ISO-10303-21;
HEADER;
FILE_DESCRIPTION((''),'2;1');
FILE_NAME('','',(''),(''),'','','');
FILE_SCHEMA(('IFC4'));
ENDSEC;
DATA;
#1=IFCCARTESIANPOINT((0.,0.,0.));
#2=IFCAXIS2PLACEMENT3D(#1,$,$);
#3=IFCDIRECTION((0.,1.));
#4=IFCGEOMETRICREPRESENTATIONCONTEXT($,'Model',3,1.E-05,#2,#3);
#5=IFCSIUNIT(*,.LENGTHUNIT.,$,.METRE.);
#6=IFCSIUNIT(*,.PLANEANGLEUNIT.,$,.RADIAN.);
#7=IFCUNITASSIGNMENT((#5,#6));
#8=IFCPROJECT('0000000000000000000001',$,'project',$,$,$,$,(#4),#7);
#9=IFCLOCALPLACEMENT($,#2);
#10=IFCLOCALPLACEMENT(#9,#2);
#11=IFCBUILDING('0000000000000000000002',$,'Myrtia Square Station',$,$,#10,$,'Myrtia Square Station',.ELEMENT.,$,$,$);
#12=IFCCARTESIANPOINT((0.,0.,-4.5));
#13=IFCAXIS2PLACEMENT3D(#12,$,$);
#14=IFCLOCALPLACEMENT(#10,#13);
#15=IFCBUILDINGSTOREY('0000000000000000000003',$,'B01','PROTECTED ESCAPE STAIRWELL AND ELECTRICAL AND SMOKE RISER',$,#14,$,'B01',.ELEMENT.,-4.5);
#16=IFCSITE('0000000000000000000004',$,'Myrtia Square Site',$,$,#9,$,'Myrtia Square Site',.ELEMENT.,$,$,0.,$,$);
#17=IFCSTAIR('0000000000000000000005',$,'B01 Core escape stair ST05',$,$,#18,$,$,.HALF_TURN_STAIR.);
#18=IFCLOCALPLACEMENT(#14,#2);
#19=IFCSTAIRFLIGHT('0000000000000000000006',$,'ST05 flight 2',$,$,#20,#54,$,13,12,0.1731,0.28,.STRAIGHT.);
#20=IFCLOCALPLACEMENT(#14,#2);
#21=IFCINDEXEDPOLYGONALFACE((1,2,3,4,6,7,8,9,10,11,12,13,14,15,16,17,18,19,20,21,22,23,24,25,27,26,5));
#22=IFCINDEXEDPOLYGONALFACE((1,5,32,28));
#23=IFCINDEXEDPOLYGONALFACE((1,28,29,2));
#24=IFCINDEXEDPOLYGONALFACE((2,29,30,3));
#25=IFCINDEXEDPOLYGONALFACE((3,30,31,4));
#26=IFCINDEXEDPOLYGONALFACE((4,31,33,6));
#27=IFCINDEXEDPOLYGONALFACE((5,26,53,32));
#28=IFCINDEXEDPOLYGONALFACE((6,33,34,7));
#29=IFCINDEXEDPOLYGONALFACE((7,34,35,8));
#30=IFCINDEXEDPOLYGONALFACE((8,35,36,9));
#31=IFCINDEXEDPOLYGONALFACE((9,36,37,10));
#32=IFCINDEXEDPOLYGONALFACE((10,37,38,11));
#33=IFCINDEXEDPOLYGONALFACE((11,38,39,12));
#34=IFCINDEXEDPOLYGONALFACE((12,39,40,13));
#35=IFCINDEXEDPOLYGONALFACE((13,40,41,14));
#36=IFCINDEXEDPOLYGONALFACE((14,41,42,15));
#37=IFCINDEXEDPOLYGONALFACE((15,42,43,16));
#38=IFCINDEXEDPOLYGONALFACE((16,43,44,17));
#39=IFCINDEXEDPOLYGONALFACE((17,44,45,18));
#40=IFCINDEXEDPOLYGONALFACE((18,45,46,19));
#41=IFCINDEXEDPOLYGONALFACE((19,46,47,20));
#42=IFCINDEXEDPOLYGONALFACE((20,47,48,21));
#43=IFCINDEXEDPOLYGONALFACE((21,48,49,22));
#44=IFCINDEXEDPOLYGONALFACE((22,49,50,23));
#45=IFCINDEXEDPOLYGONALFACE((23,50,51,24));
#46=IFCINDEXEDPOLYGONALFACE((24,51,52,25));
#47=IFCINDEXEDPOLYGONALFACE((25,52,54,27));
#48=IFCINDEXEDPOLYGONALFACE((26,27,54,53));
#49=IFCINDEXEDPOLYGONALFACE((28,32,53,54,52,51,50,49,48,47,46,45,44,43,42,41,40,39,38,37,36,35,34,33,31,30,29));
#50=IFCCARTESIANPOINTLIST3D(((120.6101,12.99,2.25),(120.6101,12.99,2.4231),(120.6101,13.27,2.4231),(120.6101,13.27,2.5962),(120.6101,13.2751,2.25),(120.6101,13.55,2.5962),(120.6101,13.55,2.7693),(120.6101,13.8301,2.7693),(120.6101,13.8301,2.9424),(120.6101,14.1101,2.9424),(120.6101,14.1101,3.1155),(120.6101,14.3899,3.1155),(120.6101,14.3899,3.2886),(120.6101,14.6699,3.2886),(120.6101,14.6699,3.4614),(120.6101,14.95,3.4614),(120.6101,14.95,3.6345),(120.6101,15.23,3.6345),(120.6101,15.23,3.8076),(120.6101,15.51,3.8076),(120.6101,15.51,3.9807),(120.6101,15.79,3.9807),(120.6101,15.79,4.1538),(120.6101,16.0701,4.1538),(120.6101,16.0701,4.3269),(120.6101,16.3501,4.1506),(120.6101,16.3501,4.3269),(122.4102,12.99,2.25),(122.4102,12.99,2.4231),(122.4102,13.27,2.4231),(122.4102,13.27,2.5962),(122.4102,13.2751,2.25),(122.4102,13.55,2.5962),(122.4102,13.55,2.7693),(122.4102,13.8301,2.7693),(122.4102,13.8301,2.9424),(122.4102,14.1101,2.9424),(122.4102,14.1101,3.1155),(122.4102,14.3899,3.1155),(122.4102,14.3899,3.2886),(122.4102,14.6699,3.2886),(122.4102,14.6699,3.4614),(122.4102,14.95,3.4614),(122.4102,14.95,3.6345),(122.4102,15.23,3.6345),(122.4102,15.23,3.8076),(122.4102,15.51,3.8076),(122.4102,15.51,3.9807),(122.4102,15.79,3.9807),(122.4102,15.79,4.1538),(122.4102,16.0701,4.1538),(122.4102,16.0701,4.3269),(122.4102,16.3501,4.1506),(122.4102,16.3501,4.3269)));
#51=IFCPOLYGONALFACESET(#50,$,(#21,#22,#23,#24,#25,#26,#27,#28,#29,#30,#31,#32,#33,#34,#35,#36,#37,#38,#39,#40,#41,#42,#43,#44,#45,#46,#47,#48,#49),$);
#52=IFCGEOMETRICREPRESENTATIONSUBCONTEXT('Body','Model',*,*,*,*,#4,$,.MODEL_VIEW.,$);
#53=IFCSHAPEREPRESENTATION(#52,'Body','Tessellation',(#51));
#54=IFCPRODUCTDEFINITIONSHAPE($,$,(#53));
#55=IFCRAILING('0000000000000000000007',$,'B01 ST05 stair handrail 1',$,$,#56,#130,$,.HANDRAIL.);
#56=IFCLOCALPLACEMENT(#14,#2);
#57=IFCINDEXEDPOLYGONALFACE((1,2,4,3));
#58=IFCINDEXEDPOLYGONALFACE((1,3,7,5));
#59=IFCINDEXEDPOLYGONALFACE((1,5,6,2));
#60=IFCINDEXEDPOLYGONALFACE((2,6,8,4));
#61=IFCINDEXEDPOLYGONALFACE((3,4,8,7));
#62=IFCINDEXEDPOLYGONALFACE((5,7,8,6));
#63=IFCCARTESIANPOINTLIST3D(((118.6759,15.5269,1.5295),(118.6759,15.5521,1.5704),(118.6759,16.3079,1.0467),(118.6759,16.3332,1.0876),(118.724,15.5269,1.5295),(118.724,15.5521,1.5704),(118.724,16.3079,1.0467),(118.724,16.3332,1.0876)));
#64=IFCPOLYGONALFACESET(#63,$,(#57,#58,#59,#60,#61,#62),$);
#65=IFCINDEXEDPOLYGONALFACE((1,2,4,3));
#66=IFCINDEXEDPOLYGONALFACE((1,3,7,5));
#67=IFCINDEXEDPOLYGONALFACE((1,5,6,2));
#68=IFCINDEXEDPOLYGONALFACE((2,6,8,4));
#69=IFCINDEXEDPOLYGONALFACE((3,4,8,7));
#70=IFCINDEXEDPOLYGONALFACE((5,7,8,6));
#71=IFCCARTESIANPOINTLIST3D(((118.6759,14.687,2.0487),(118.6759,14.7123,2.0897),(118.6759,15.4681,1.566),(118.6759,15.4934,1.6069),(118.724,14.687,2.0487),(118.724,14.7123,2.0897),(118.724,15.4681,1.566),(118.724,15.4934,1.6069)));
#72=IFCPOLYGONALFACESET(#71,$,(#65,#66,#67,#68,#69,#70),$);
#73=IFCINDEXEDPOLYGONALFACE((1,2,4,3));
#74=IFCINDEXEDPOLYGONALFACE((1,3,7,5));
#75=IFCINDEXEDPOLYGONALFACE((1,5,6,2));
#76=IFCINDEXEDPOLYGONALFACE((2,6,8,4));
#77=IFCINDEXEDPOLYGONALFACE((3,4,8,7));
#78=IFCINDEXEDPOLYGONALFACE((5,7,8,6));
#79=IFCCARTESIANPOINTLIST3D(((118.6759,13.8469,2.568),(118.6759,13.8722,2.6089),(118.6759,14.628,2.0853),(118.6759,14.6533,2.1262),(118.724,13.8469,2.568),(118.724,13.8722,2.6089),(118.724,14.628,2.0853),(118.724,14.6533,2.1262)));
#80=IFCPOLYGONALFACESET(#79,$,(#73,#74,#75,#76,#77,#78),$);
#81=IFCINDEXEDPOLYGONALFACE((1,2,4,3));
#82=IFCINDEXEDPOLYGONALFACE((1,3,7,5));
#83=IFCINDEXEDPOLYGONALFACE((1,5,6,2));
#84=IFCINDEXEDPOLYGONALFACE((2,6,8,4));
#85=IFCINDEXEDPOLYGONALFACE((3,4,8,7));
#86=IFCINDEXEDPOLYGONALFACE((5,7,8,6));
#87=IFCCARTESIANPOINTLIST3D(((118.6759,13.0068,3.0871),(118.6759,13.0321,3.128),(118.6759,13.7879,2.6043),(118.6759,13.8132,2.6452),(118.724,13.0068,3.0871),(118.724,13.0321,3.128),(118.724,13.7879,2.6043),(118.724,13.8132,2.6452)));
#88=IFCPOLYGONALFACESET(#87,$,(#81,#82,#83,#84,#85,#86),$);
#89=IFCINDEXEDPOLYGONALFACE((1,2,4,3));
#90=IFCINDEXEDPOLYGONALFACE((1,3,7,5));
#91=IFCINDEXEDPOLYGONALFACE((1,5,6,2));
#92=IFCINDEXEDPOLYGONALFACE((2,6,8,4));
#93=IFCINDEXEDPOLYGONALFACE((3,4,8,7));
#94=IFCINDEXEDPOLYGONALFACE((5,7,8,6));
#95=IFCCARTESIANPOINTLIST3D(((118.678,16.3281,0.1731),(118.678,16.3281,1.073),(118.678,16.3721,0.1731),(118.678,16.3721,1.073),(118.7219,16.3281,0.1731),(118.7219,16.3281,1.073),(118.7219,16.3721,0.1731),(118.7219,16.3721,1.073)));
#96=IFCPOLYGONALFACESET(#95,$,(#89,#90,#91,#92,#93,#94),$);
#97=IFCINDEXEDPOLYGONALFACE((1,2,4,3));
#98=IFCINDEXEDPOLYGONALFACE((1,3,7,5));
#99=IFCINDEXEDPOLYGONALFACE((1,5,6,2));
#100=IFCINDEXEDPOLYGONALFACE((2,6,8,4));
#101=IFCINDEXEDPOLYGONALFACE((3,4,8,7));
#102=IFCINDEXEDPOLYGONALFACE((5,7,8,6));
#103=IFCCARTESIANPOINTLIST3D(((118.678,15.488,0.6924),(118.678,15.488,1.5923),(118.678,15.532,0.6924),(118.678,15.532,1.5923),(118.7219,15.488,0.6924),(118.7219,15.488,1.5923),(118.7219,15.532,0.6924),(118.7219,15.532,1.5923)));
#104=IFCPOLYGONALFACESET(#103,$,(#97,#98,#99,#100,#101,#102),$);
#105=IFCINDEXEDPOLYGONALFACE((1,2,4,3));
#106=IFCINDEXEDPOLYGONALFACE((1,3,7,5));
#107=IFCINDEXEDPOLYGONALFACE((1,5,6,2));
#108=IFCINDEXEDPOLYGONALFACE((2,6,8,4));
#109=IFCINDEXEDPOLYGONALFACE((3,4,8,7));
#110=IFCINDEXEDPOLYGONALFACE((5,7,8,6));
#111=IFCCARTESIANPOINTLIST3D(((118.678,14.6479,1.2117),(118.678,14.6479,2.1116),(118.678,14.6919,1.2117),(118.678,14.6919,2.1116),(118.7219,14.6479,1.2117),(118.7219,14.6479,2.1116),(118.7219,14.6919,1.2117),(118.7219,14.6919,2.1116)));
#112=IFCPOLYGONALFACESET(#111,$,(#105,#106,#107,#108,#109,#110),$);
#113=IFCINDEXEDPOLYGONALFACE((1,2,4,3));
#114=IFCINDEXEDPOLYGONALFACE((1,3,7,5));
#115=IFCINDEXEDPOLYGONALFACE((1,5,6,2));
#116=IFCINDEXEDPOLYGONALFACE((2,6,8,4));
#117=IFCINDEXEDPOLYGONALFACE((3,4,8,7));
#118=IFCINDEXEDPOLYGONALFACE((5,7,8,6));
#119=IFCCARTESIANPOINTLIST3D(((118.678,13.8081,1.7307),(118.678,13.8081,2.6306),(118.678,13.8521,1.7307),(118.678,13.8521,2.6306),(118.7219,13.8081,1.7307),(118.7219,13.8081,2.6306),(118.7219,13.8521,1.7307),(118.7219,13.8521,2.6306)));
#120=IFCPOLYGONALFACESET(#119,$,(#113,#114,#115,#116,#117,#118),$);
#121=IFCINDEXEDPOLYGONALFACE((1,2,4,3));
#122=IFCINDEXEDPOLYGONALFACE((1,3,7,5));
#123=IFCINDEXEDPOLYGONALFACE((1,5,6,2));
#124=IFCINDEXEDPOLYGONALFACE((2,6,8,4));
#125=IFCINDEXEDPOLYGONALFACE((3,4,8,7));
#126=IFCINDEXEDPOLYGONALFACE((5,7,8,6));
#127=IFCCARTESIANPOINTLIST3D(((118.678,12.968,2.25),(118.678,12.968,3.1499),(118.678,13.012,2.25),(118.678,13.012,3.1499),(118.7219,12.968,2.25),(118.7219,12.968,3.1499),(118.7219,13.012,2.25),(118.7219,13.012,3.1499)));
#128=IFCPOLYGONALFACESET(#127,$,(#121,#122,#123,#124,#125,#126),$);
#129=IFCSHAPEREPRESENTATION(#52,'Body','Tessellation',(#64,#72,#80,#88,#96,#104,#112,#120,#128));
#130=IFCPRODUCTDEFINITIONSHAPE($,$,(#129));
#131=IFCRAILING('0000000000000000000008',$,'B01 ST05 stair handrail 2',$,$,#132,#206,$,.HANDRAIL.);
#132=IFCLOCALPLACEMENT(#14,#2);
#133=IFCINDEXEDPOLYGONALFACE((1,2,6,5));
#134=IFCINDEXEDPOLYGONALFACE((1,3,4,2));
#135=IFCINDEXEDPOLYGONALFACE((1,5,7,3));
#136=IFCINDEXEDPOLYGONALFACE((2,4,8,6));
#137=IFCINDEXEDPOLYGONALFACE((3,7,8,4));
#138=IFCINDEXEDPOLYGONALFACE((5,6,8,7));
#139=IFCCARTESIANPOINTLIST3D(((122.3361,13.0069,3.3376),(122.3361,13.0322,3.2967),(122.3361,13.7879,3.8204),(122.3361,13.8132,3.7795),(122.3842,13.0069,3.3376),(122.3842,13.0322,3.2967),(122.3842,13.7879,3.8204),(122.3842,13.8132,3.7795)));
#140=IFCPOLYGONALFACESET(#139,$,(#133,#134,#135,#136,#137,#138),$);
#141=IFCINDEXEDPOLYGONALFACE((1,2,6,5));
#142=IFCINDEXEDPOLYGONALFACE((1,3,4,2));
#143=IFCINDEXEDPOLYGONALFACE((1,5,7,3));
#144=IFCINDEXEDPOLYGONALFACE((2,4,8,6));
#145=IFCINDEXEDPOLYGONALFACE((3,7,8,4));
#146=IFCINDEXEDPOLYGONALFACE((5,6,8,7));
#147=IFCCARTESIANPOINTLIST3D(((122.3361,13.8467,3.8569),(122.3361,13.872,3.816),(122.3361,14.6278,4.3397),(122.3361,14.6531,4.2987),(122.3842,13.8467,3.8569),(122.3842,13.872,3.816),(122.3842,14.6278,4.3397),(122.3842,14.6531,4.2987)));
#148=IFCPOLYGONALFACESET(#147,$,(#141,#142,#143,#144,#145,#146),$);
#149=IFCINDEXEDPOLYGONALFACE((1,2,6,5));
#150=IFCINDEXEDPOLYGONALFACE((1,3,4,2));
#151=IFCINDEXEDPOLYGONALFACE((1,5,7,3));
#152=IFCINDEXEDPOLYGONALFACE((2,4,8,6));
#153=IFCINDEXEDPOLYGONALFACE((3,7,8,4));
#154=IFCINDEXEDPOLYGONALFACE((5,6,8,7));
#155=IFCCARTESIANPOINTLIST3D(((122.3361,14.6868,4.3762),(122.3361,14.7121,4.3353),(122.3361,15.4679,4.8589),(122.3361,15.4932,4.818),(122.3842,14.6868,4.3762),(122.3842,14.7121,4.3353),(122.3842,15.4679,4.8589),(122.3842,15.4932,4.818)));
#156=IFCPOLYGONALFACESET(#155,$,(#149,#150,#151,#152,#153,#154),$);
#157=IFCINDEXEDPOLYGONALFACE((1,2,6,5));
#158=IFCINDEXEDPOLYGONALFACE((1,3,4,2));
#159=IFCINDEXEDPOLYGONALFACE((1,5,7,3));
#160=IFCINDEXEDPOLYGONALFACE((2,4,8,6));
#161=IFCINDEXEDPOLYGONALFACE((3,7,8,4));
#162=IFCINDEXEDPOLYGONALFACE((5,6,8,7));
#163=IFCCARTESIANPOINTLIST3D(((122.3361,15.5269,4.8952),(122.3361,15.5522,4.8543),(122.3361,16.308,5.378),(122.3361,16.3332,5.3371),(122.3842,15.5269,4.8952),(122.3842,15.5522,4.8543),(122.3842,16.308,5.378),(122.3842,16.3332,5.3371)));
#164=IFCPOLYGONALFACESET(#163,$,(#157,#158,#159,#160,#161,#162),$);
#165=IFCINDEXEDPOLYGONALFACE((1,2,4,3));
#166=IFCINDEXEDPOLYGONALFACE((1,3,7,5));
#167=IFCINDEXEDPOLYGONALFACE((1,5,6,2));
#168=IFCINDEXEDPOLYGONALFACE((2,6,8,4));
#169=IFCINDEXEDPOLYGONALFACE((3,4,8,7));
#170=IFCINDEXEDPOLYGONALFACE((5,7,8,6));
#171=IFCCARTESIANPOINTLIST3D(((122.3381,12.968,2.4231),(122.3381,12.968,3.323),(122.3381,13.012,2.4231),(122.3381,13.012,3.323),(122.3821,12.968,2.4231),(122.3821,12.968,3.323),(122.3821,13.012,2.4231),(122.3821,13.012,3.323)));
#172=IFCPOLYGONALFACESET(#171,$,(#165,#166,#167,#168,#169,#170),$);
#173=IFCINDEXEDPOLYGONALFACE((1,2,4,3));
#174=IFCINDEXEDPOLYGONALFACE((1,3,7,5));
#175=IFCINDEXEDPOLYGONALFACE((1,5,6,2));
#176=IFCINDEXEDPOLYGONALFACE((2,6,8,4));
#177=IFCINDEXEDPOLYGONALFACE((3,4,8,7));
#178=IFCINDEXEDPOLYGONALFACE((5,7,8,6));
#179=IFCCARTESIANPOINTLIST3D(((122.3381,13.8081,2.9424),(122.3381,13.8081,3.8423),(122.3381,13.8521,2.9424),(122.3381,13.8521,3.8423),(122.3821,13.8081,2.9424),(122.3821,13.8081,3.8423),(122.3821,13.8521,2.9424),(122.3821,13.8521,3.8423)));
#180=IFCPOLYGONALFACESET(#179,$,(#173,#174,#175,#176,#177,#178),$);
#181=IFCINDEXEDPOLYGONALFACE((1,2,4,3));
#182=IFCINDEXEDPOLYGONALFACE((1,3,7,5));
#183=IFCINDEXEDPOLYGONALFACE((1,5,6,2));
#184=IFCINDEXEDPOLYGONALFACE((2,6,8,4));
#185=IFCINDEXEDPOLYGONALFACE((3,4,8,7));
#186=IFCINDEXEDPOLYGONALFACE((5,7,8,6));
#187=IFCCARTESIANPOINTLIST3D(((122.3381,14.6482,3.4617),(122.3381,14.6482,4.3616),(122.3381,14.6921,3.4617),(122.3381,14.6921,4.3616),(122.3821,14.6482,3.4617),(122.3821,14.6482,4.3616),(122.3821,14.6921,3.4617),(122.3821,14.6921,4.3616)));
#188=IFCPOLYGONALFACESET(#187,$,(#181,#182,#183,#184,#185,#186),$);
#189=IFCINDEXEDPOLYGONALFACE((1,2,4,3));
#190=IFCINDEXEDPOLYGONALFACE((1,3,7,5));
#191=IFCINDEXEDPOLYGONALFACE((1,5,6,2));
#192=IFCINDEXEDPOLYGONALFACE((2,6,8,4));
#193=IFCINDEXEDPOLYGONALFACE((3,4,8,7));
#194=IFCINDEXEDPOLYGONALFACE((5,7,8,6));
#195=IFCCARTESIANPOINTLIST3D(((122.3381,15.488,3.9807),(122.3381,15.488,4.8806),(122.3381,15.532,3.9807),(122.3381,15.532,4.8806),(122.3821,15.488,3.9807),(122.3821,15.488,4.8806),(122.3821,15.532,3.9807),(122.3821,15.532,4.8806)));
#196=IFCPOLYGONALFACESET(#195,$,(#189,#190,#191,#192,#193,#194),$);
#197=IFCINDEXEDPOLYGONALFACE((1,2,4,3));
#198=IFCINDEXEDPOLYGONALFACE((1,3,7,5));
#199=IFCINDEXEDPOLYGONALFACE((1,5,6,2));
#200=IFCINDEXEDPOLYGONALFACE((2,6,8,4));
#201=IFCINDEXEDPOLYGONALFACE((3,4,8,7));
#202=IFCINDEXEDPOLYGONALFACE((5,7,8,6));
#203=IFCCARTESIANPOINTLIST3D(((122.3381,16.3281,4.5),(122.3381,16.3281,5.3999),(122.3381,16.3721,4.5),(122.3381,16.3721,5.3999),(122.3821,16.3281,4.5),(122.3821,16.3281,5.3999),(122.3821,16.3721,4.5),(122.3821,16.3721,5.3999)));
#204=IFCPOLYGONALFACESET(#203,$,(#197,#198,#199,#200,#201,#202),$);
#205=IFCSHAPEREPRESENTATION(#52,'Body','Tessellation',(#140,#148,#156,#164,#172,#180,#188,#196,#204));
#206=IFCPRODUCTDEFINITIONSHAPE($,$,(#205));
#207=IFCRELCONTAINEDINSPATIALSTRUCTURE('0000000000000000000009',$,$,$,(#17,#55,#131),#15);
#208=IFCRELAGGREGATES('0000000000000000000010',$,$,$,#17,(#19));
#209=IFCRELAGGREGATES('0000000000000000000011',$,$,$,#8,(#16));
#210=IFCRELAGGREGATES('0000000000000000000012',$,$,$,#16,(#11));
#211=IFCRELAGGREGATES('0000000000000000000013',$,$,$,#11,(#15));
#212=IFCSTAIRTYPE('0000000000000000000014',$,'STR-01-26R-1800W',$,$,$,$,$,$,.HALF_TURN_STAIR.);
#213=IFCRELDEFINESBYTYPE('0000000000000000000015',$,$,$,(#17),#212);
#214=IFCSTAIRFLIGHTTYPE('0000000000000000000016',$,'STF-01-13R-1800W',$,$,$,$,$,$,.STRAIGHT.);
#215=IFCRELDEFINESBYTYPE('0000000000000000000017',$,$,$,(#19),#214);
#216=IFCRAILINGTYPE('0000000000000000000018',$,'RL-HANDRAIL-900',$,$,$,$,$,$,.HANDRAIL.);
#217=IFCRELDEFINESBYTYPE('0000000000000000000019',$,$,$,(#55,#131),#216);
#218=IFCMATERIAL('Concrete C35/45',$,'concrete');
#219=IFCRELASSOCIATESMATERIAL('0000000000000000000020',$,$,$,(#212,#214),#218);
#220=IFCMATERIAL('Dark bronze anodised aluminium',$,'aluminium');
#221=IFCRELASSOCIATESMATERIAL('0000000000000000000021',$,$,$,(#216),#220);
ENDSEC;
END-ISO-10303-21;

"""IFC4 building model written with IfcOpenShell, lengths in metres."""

from ifc_helpers import new_model, si_unit, direction, frame, origin, origin_2d, place, context, subcontext, project, spatial, polyline, rectangle, outline, extrude, material, type_object, element, aggregate, save


model = new_model("IFC4")

# Units and contexts
model_context = context("Model", 3, precision=1e-05, world=origin(), true_north=direction((0.0, 1.0)))
body_context = subcontext(model_context, "Body", "Model", "MODEL_VIEW")
ifc_project = project(units=[si_unit("LENGTHUNIT", "METRE"), si_unit("PLANEANGLEUNIT", "RADIAN")], contexts=[model_context])

# Site, building, storey
site_placement = place(None, origin())
site = spatial("IfcSite", under=ifc_project, at=site_placement, Name="Myrtia Square Site", LongName="Myrtia Square Site", CompositionType="ELEMENT", RefElevation=0.0)
building_placement = place(site_placement, origin())
building = spatial("IfcBuilding", under=site, at=building_placement, Name="Myrtia Square Station", LongName="Myrtia Square Station", CompositionType="ELEMENT")
storey_placement = place(building_placement, frame((0.0, 0.0, -4.5)))
storey = spatial("IfcBuildingStorey", under=building, at=storey_placement, Name="B01", Description="PROTECTED ESCAPE STAIRWELL AND ELECTRICAL AND SMOKE RISER", LongName="B01", CompositionType="ELEMENT", Elevation=-4.5)

# Shared definitions
ifc_material_1 = material(Name="Concrete C35/45", Category="concrete")

# Shared definitions
ifc_material_2 = material(Name="Dark bronze anodised aluminium", Category="aluminium")

# Stair, stair flight
stair_type = type_object("IfcStairType", Name="STR-01-26R-1800W", PredefinedType="HALF_TURN_STAIR", material=ifc_material_1)
stair_placement = place(storey_placement, origin())
stair = element("IfcStair", 1, at=stair_placement, inside=storey, type_object=stair_type, Name="B01 Core escape stair ST05", PredefinedType="HALF_TURN_STAIR")
stair_flight_type = type_object("IfcStairFlightType", Name="STF-01-13R-1800W", PredefinedType="STRAIGHT", material=ifc_material_1)
stair_flight_1_placement = place(storey_placement, frame((121.51, 12.99, 2.25), z_axis=(0.0, 0.0, 1.0), x_axis=(0.0, 1.0, 0.0)))
stair_flight_1 = element("IfcStairFlight", 2, at=stair_flight_1_placement, type_object=stair_flight_type, Name="ST05 flight 2", NumberOfRisers=13, NumberOfTreads=12, PredefinedType="STRAIGHT", RiserHeight=0.1731, TreadLength=0.28, context=body_context, shape_type="SweptSolid", body=[
    extrude(outline(polyline([(0.0, 0.0), (0.0, 0.1731), (0.28, 0.1731), (0.28, 0.3462), (0.5601, 0.3462), (0.5601, 0.5193), (0.8401, 0.5193), (0.8401, 0.6924), (1.1201, 0.6924), (1.1201, 0.8655), (1.3999, 0.8655), (1.3999, 1.0386), (1.6799, 1.0386), (1.6799, 1.2114), (1.96, 1.2114), (1.96, 1.3845), (2.24, 1.3845), (2.24, 1.5576), (2.52, 1.5576), (2.52, 1.7307), (2.8, 1.7307), (2.8, 1.9038), (3.0801, 1.9038), (3.0801, 2.0769), (3.3601, 2.0769), (3.3601, 2.25), (3.3601, 1.9006), (0.2852, 0.0), (0.0, 0.0)])), frame((0.0, 0.8999, 0.0), z_axis=(0.0, -1.0, 0.0), x_axis=(1.0, 0.0, 0.0)), (0.0, 0.0, 1.0), 1.8),
])
aggregate(stair, [stair_flight_1])

# Railings
railing_type_1 = type_object("IfcRailingType", Name="RL-HANDRAIL-900", PredefinedType="HANDRAIL", material=ifc_material_2)
railing_1_placement = place(storey_placement, frame((118.7, 16.3501, 0.1731)))
element("IfcRailing", 3, at=railing_1_placement, inside=storey, type_object=railing_type_1, Name="B01 ST05 stair handrail 1", PredefinedType="HANDRAIL", context=body_context, shape_type="SweptSolid", body=[
    extrude(rectangle(XDim=0.0481, YDim=0.0481, at=origin_2d()), frame((0.0, -0.0295, 0.894), z_axis=(0.0, -0.850623, 0.525776), x_axis=(1.0, 0.0, 0.0)), (0.0, 0.0, 1.0), 0.9182),
    extrude(rectangle(XDim=0.0481, YDim=0.0481, at=origin_2d()), frame((0.0, -0.8694, 1.4133), z_axis=(0.0, -0.850623, 0.525776), x_axis=(1.0, 0.0, 0.0)), (0.0, 0.0, 1.0), 0.9182),
    extrude(rectangle(XDim=0.0481, YDim=0.0481, at=origin_2d()), frame((0.0, -1.7095, 1.9326), z_axis=(0.0, -0.850623, 0.525776), x_axis=(1.0, 0.0, 0.0)), (0.0, 0.0, 1.0), 0.9182),
    extrude(rectangle(XDim=0.0481, YDim=0.0481, at=origin_2d()), frame((0.0, -2.5496, 2.4517), z_axis=(0.0, -0.850623, 0.525776), x_axis=(1.0, 0.0, 0.0)), (0.0, 0.0, 1.0), 0.9182),
    extrude(rectangle(XDim=0.0439, YDim=0.0439, at=origin_2d()), origin(), (0.0, 0.0, 1.0), 0.8999),
    extrude(rectangle(XDim=0.0439, YDim=0.0439, at=origin_2d()), frame((0.0, -0.8401, 0.5193)), (0.0, 0.0, 1.0), 0.8999),
    extrude(rectangle(XDim=0.0439, YDim=0.0439, at=origin_2d()), frame((0.0, -1.6802, 1.0386)), (0.0, 0.0, 1.0), 0.8999),
    extrude(rectangle(XDim=0.0439, YDim=0.0439, at=origin_2d()), frame((0.0, -2.52, 1.5576)), (0.0, 0.0, 1.0), 0.8999),
    extrude(rectangle(XDim=0.0439, YDim=0.0439, at=origin_2d()), frame((0.0, -3.3601, 2.0769)), (0.0, 0.0, 1.0), 0.8999),
])
railing_2_placement = place(storey_placement, frame((122.3601, 12.99, 2.4231)))
element("IfcRailing", 4, at=railing_2_placement, inside=storey, type_object=railing_type_1, Name="B01 ST05 stair handrail 2", PredefinedType="HANDRAIL", context=body_context, shape_type="SweptSolid", body=[
    extrude(rectangle(XDim=0.0481, YDim=0.0481, at=origin_2d()), frame((0.0, 0.0295, 0.894), z_axis=(0.0, 0.850623, 0.525776), x_axis=(-1.0, 0.0, 0.0)), (0.0, 0.0, 1.0), 0.9182),
    extrude(rectangle(XDim=0.0481, YDim=0.0481, at=origin_2d()), frame((0.0, 0.8694, 1.4133), z_axis=(0.0, 0.850623, 0.525776), x_axis=(-1.0, 0.0, 0.0)), (0.0, 0.0, 1.0), 0.9182),
    extrude(rectangle(XDim=0.0481, YDim=0.0481, at=origin_2d()), frame((0.0, 1.7095, 1.9326), z_axis=(0.0, 0.850623, 0.525776), x_axis=(-1.0, 0.0, 0.0)), (0.0, 0.0, 1.0), 0.9182),
    extrude(rectangle(XDim=0.0481, YDim=0.0481, at=origin_2d()), frame((0.0, 2.5496, 2.4517), z_axis=(0.0, 0.850623, 0.525776), x_axis=(-1.0, 0.0, 0.0)), (0.0, 0.0, 1.0), 0.9182),
    extrude(rectangle(XDim=0.0439, YDim=0.0439, at=origin_2d()), origin(), (0.0, 0.0, 1.0), 0.8999),
    extrude(rectangle(XDim=0.0439, YDim=0.0439, at=origin_2d()), frame((0.0, 0.8401, 0.5193)), (0.0, 0.0, 1.0), 0.8999),
    extrude(rectangle(XDim=0.0439, YDim=0.0439, at=origin_2d()), frame((0.0, 1.6802, 1.0386)), (0.0, 0.0, 1.0), 0.8999),
    extrude(rectangle(XDim=0.0439, YDim=0.0439, at=origin_2d()), frame((0.0, 2.52, 1.5576)), (0.0, 0.0, 1.0), 0.8999),
    extrude(rectangle(XDim=0.0439, YDim=0.0439, at=origin_2d()), frame((0.0, 3.3601, 2.0769)), (0.0, 0.0, 1.0), 0.8999),
])

save(model, "model.ifc")
